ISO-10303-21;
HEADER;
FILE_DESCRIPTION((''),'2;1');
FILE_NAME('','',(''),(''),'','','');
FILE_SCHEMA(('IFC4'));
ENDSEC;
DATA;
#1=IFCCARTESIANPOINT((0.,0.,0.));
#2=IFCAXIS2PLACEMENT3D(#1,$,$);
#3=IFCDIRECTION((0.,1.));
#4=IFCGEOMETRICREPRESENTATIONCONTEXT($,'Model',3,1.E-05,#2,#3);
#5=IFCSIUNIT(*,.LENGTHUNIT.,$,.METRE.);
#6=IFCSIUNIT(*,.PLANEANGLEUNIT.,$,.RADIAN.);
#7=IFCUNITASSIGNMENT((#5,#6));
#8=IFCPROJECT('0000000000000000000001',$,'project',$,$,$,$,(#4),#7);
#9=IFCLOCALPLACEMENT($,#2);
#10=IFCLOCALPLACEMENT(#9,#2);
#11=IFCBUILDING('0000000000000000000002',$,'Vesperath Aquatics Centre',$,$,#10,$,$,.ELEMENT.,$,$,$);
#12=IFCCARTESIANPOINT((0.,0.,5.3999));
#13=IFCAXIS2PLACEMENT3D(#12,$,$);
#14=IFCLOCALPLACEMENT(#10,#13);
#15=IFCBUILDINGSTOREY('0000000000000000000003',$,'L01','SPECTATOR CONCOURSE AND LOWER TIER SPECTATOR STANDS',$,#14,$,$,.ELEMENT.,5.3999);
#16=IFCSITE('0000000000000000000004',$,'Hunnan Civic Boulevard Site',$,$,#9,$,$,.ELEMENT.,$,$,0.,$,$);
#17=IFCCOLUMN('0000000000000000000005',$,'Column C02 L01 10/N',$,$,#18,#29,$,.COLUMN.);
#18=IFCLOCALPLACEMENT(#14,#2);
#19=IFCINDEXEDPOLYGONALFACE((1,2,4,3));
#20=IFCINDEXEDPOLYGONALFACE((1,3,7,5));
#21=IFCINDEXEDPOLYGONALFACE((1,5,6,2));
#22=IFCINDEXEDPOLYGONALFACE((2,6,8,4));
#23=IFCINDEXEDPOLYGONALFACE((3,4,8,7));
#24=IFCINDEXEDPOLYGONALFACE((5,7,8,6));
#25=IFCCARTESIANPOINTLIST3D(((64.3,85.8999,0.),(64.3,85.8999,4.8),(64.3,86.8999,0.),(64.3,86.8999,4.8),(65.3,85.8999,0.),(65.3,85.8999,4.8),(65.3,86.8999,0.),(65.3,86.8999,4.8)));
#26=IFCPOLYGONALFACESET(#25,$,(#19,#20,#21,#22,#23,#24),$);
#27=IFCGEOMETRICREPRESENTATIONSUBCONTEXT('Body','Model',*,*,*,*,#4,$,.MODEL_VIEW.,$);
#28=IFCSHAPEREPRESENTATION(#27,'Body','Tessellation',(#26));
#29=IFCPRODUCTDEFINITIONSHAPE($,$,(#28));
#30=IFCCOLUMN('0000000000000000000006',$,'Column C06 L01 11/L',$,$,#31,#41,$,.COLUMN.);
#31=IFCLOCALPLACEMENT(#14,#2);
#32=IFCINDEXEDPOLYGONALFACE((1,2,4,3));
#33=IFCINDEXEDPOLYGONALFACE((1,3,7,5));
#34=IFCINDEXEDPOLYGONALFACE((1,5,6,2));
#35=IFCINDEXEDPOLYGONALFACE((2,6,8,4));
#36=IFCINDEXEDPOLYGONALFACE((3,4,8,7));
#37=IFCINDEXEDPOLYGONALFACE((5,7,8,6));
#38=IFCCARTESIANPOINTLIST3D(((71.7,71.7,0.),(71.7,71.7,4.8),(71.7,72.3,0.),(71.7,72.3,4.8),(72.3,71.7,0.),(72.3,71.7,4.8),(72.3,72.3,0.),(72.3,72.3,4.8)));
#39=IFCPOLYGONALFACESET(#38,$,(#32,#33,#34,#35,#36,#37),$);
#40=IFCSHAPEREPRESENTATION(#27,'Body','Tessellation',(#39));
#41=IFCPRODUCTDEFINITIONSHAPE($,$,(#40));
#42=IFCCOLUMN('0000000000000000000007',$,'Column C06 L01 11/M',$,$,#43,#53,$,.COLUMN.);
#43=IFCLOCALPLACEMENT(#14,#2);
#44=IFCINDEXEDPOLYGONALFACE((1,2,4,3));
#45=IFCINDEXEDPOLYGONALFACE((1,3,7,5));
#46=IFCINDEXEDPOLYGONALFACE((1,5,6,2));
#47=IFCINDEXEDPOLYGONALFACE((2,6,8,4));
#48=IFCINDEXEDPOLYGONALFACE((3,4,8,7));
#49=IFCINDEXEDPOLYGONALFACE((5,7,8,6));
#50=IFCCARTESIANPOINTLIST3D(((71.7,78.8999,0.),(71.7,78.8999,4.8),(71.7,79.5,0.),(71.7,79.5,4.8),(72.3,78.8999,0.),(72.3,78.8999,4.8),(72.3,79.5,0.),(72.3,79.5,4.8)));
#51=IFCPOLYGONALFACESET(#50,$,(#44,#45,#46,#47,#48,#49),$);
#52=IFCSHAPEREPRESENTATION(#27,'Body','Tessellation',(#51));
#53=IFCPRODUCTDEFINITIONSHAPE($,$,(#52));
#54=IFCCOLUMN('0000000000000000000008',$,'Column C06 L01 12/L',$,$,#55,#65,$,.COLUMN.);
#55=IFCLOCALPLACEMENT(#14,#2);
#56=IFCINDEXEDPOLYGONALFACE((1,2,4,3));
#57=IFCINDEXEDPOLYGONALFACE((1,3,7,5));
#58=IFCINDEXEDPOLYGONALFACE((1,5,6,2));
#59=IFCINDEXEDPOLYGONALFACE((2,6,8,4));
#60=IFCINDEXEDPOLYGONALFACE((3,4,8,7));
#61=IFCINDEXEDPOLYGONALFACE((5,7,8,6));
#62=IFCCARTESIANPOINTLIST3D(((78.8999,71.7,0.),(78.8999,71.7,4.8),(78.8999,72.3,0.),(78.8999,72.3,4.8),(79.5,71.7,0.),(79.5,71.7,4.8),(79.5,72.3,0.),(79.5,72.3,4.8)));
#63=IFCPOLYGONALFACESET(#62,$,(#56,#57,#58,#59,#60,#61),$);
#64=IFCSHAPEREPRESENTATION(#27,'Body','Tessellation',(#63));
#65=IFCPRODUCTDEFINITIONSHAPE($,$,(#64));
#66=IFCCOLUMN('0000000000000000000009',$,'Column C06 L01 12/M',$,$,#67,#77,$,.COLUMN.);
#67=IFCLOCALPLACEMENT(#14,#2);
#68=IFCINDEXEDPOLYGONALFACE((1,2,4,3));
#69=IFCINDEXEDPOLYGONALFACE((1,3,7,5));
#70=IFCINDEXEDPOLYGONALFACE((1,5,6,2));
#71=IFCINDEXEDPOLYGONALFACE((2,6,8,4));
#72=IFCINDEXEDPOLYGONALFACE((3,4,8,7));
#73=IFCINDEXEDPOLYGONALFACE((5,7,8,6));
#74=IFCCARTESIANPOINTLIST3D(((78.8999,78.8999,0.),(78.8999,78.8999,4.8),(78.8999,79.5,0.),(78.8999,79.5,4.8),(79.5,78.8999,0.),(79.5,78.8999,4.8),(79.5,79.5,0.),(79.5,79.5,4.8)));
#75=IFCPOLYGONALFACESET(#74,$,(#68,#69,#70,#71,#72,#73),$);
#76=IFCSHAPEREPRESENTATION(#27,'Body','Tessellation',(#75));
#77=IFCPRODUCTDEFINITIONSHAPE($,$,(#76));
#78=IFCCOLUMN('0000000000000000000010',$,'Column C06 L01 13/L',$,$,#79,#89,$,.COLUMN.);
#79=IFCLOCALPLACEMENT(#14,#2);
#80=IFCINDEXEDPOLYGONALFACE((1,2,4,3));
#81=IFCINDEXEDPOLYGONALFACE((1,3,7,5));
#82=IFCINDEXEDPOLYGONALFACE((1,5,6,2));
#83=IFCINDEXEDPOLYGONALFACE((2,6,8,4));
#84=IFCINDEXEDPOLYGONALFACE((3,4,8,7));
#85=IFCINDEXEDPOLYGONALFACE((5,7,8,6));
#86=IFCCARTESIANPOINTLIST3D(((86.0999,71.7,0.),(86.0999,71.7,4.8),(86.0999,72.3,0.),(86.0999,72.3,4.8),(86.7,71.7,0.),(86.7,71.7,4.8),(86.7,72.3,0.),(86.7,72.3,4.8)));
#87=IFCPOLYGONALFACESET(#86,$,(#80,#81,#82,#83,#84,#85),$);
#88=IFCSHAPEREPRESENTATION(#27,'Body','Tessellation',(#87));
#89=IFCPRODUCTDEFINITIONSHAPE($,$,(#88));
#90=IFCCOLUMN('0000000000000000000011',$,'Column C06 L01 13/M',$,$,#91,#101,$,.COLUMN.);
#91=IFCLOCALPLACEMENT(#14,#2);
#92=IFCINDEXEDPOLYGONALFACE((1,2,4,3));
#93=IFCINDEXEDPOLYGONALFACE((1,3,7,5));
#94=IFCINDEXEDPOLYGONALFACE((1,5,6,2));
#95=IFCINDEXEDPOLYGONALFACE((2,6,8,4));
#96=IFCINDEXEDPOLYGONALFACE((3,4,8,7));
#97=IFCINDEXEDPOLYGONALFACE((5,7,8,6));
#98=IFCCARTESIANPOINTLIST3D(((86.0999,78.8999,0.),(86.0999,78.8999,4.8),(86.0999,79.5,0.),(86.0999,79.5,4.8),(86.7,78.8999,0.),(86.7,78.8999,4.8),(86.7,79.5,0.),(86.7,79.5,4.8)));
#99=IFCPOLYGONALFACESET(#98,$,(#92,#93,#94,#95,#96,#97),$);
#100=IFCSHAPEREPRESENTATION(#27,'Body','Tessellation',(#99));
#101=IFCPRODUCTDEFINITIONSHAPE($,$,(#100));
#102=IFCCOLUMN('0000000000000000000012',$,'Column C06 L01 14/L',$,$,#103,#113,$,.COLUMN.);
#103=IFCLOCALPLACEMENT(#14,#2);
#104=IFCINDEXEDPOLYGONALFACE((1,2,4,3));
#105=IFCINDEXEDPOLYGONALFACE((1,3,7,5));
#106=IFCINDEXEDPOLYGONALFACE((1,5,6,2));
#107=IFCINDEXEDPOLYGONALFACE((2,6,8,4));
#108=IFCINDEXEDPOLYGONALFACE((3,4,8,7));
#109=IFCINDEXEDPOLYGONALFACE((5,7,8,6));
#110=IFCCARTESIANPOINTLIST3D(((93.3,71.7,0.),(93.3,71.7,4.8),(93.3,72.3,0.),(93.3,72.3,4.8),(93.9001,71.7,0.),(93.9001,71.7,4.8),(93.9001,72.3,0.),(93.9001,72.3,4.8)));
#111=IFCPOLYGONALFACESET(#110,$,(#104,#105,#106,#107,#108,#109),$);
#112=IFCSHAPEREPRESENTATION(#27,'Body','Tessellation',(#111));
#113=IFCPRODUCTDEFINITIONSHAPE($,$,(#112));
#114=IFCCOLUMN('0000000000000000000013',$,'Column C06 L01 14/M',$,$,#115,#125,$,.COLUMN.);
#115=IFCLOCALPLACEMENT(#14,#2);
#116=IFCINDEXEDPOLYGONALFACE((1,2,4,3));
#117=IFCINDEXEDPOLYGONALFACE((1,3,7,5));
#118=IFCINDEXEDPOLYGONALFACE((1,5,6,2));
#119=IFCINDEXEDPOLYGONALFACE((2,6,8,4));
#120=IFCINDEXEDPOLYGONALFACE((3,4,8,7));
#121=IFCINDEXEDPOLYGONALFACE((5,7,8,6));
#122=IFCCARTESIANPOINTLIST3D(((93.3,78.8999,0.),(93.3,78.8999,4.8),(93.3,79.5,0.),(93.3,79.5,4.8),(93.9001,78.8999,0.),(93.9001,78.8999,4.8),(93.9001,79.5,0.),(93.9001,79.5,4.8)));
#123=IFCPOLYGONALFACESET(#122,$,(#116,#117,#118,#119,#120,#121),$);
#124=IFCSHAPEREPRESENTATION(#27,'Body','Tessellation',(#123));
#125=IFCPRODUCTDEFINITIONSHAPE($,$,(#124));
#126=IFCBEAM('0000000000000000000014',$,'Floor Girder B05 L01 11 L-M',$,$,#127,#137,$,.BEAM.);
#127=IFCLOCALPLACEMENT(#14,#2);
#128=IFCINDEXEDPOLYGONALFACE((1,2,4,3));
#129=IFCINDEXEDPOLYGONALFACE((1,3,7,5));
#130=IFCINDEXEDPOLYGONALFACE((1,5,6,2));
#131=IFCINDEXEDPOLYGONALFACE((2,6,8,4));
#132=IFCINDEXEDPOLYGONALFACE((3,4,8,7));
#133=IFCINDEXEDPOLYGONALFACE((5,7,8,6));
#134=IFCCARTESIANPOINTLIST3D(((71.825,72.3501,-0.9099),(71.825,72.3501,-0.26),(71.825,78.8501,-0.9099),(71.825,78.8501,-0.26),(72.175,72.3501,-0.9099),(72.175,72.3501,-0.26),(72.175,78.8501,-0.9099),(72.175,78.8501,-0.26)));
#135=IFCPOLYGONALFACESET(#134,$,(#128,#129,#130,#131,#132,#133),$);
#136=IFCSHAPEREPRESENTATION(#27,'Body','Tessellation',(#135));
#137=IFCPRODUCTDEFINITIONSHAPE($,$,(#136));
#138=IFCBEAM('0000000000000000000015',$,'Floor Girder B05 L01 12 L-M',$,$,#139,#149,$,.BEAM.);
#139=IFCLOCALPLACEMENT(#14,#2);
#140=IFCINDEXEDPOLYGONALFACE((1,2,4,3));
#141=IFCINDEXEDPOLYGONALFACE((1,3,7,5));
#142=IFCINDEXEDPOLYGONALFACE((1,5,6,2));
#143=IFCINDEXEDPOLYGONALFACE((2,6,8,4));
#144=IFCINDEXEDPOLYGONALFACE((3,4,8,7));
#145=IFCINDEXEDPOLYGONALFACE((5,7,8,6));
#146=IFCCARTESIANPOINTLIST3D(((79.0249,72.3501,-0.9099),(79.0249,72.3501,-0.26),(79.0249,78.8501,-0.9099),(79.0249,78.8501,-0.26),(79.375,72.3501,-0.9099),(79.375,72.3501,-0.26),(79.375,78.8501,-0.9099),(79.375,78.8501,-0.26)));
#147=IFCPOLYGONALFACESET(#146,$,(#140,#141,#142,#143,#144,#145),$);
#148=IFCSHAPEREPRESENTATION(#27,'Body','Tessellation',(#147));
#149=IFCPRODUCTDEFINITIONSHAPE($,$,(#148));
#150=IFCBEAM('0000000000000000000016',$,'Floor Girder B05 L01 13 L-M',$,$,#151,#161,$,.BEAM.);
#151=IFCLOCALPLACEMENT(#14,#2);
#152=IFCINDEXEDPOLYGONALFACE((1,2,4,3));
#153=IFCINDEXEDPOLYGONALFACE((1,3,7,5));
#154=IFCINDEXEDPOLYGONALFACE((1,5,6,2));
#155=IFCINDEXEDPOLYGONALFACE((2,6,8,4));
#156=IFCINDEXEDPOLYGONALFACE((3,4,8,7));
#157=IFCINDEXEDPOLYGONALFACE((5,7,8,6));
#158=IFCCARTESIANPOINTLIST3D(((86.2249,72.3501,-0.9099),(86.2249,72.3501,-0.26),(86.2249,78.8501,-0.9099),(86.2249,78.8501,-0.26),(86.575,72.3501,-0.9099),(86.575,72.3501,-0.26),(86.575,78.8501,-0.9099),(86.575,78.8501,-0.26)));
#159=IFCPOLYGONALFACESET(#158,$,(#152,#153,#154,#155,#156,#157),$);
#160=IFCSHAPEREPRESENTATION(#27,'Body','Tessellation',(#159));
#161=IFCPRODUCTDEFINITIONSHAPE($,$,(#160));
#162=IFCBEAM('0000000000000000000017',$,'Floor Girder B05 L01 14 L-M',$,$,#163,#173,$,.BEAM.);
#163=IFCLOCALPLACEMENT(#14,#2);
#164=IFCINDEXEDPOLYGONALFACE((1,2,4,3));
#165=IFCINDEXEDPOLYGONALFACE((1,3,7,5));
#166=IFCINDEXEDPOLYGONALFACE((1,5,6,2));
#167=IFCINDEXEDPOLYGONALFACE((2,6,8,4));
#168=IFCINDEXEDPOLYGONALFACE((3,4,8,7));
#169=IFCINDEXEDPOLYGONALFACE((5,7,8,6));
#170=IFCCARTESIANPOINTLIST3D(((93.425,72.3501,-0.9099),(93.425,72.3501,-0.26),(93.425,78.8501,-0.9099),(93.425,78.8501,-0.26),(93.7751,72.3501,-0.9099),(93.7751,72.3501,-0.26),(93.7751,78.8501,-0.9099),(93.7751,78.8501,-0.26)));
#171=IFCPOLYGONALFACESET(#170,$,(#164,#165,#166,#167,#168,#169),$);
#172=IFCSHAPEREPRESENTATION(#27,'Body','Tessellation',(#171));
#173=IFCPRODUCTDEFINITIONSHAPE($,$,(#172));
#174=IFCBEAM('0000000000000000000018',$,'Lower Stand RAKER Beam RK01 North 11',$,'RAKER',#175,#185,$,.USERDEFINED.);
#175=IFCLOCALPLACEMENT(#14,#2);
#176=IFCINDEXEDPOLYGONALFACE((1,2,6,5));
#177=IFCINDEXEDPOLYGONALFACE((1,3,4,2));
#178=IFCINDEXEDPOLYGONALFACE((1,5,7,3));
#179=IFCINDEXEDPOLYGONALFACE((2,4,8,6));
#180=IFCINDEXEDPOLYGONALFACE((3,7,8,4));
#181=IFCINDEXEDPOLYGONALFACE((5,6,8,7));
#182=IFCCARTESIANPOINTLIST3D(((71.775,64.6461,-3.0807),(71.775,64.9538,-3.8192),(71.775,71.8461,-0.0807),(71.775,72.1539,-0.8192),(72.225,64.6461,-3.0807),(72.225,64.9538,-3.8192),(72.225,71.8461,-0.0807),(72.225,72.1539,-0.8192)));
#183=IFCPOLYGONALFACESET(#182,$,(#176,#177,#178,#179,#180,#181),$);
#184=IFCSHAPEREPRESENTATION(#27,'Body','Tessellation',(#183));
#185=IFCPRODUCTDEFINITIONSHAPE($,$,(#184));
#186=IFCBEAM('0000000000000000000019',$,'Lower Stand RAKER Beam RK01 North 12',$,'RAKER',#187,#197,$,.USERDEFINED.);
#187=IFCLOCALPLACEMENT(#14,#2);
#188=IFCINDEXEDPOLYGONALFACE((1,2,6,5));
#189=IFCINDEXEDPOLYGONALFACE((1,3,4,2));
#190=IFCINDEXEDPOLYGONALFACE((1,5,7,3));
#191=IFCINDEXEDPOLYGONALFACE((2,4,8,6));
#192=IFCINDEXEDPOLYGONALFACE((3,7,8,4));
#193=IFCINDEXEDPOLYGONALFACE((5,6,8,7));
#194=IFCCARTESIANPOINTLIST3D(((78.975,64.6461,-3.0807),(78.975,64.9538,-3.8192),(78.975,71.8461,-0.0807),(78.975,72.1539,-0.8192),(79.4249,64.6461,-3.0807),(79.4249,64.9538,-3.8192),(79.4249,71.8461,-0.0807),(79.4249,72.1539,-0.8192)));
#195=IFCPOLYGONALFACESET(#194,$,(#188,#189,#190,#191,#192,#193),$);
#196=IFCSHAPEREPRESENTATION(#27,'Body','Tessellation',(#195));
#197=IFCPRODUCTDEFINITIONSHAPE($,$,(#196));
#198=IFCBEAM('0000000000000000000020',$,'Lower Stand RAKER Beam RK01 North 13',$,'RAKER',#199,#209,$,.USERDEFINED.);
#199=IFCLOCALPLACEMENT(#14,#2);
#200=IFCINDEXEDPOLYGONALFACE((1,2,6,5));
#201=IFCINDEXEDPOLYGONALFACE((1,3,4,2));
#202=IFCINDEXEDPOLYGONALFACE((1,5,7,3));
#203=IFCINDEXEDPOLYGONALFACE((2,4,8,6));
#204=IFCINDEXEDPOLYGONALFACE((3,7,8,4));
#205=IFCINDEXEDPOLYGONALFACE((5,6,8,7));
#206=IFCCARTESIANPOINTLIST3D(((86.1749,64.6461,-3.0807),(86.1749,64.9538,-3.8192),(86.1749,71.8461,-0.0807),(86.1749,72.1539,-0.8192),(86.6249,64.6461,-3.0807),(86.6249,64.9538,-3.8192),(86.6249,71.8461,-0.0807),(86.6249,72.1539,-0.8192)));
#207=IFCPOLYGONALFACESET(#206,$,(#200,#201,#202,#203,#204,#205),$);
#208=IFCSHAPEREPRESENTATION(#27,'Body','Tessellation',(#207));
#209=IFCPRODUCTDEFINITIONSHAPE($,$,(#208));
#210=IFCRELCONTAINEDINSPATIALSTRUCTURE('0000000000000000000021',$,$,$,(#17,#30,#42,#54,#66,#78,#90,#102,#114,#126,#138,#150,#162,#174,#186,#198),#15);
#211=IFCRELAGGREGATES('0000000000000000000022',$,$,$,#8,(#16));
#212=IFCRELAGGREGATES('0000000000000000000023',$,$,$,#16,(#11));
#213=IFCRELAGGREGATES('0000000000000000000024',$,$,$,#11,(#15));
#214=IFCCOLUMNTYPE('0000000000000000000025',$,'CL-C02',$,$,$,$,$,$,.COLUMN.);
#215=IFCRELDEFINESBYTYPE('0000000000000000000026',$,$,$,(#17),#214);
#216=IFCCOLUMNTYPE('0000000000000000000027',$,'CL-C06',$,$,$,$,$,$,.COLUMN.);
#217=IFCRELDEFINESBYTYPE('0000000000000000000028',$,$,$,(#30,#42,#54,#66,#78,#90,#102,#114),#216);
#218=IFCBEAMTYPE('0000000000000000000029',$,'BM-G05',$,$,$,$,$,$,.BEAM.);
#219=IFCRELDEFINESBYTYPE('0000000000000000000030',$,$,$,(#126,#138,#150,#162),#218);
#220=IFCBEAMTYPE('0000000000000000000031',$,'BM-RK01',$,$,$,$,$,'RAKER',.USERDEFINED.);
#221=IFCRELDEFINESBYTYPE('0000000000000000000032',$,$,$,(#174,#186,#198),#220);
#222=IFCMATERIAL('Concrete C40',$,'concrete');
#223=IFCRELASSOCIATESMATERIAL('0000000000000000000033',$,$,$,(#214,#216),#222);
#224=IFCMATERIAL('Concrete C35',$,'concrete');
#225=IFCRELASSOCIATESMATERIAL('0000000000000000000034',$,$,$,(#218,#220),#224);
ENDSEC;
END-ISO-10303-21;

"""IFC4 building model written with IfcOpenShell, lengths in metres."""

from ifc_helpers import new_model, si_unit, direction, frame, origin, origin_2d, place, context, subcontext, project, spatial, rectangle, extrude, material, material_profile, profile_set, type_object, element, save


model = new_model("IFC4")

# Units and contexts
model_context = context("Model", 3, precision=1e-05, world=origin(), true_north=direction((0.0, 1.0)))
body_context = subcontext(model_context, "Body", "Model", "MODEL_VIEW")
ifc_project = project(units=[si_unit("LENGTHUNIT", "METRE"), si_unit("PLANEANGLEUNIT", "RADIAN")], contexts=[model_context])

# Site, building, storey
site_placement = place(None, origin())
site = spatial("IfcSite", under=ifc_project, at=site_placement, Name="Hunnan Civic Boulevard Site", CompositionType="ELEMENT", RefElevation=0.0)
building_placement = place(site_placement, origin())
building = spatial("IfcBuilding", under=site, at=building_placement, Name="Vesperath Aquatics Centre", CompositionType="ELEMENT")
storey_placement = place(building_placement, frame((0.0, 0.0, 5.3999)))
storey = spatial("IfcBuildingStorey", under=building, at=storey_placement, Name="L01", Description="SPECTATOR CONCOURSE AND LOWER TIER SPECTATOR STANDS", CompositionType="ELEMENT", Elevation=5.3999)

# Columns
ifc_material_1 = material(Name="Concrete C40", Category="concrete")
ifc_material_profile_1 = material_profile(ifc_material_1, rectangle(XDim=1.0, YDim=1.0, at=origin_2d()), Name="RC 1000x1000")
ifc_profile_set_1 = profile_set([ifc_material_profile_1], Name="Concrete C40")
column_type_1 = type_object("IfcColumnType", Name="CL-C02", PredefinedType="COLUMN", material=ifc_profile_set_1)
column_placement = place(storey_placement, frame((64.8, 86.3999, 0.0), z_axis=(0.0, 0.0, 1.0), x_axis=(1.0, 0.0, 0.0)))
element("IfcColumn", 1, at=column_placement, inside=storey, type_object=column_type_1, Name="Column C02 L01 10/N", PredefinedType="COLUMN", context=body_context, shape_type="SweptSolid", body=[
    extrude(rectangle(XDim=1.0, YDim=1.0, at=origin_2d()), origin(), (0.0, 0.0, 1.0), 4.8),
])
ifc_material_profile_2 = material_profile(ifc_material_1, rectangle(XDim=0.6001, YDim=0.6001, at=origin_2d()), Name="RC 600x600")
ifc_profile_set_2 = profile_set([ifc_material_profile_2], Name="Concrete C40")
column_type_2 = type_object("IfcColumnType", Name="CL-C06", PredefinedType="COLUMN", material=ifc_profile_set_2)
for number, where, z_axis, x_axis, name in (
    (2, (72.0, 72.0, 0.0), (0.0, 0.0, 1.0), (1.0, 0.0, 0.0), "Column C06 L01 11/L"),
    (3, (72.0, 79.2, 0.0), (0.0, 0.0, 1.0), (1.0, 0.0, 0.0), "Column C06 L01 11/M"),
    (4, (79.2, 72.0, 0.0), (0.0, 0.0, 1.0), (1.0, 0.0, 0.0), "Column C06 L01 12/L"),
    (5, (79.2, 79.2, 0.0), (0.0, 0.0, 1.0), (1.0, 0.0, 0.0), "Column C06 L01 12/M"),
    (6, (86.3999, 72.0, 0.0), (0.0, 0.0, 1.0), (1.0, 0.0, 0.0), "Column C06 L01 13/L"),
    (7, (86.3999, 79.2, 0.0), (0.0, 0.0, 1.0), (1.0, 0.0, 0.0), "Column C06 L01 13/M"),
    (8, (93.6001, 72.0, 0.0), (0.0, 0.0, 1.0), (1.0, 0.0, 0.0), "Column C06 L01 14/L"),
    (9, (93.6001, 79.2, 0.0), (0.0, 0.0, 1.0), (1.0, 0.0, 0.0), "Column C06 L01 14/M"),
):
    element("IfcColumn", number, at=place(storey_placement, frame(where, z_axis=z_axis, x_axis=x_axis)), inside=storey, type_object=column_type_2, Name=name, PredefinedType="COLUMN", context=body_context, shape_type="SweptSolid", body=[
        extrude(rectangle(XDim=0.6001, YDim=0.6001, at=origin_2d()), origin(), (0.0, 0.0, 1.0), 4.8),
    ])

# Beams
ifc_material_2 = material(Name="Concrete C35", Category="concrete")
ifc_material_profile_3 = material_profile(ifc_material_2, rectangle(XDim=0.3501, YDim=0.6499, at=origin_2d()), Name="RC 350x650")
ifc_profile_set_3 = profile_set([ifc_material_profile_3], Name="Concrete C35")
beam_type_1 = type_object("IfcBeamType", Name="BM-G05", PredefinedType="BEAM", material=ifc_profile_set_3)
for number, where, z_axis, x_axis, name in (
    (10, (72.0, 72.3501, -0.585), (0.0, 1.0, 0.0), (-1.0, 0.0, 0.0), "Floor Girder B05 L01 11 L-M"),
    (11, (79.2, 72.3501, -0.585), (0.0, 1.0, 0.0), (-1.0, 0.0, 0.0), "Floor Girder B05 L01 12 L-M"),
    (12, (86.3999, 72.3501, -0.585), (0.0, 1.0, 0.0), (-1.0, 0.0, 0.0), "Floor Girder B05 L01 13 L-M"),
    (13, (93.6001, 72.3501, -0.585), (0.0, 1.0, 0.0), (-1.0, 0.0, 0.0), "Floor Girder B05 L01 14 L-M"),
):
    element("IfcBeam", number, at=place(storey_placement, frame(where, z_axis=z_axis, x_axis=x_axis)), inside=storey, type_object=beam_type_1, Name=name, PredefinedType="BEAM", context=body_context, shape_type="SweptSolid", body=[
        extrude(rectangle(XDim=0.3501, YDim=0.6499, at=origin_2d()), origin(), (0.0, 0.0, 1.0), 6.5),
    ])
ifc_material_profile_4 = material_profile(ifc_material_2, rectangle(XDim=0.45, YDim=0.8, at=origin_2d()), Name="RC 450x800")
ifc_profile_set_4 = profile_set([ifc_material_profile_4], Name="Concrete C35")
beam_type_2 = type_object("IfcBeamType", Name="BM-RK01", ElementType="RAKER", PredefinedType="USERDEFINED", material=ifc_profile_set_4)
for number, where, z_axis, x_axis, name in (
    (14, (72.0, 72.0, -0.45), (0.0, -0.923076, -0.384618), (1.0, 0.0, 0.0), "Lower Stand RAKER Beam RK01 North 11"),
    (15, (79.2, 72.0, -0.45), (0.0, -0.923076, -0.384618), (1.0, 0.0, 0.0), "Lower Stand RAKER Beam RK01 North 12"),
    (16, (86.3999, 72.0, -0.45), (0.0, -0.923076, -0.384618), (1.0, 0.0, 0.0), "Lower Stand RAKER Beam RK01 North 13"),
):
    element("IfcBeam", number, at=place(storey_placement, frame(where, z_axis=z_axis, x_axis=x_axis)), inside=storey, type_object=beam_type_2, Name=name, ObjectType="RAKER", PredefinedType="USERDEFINED", context=body_context, shape_type="SweptSolid", body=[
        extrude(rectangle(XDim=0.45, YDim=0.8, at=origin_2d()), origin(), (0.0, 0.0, 1.0), 7.8),
    ])

save(model, "model.ifc")
